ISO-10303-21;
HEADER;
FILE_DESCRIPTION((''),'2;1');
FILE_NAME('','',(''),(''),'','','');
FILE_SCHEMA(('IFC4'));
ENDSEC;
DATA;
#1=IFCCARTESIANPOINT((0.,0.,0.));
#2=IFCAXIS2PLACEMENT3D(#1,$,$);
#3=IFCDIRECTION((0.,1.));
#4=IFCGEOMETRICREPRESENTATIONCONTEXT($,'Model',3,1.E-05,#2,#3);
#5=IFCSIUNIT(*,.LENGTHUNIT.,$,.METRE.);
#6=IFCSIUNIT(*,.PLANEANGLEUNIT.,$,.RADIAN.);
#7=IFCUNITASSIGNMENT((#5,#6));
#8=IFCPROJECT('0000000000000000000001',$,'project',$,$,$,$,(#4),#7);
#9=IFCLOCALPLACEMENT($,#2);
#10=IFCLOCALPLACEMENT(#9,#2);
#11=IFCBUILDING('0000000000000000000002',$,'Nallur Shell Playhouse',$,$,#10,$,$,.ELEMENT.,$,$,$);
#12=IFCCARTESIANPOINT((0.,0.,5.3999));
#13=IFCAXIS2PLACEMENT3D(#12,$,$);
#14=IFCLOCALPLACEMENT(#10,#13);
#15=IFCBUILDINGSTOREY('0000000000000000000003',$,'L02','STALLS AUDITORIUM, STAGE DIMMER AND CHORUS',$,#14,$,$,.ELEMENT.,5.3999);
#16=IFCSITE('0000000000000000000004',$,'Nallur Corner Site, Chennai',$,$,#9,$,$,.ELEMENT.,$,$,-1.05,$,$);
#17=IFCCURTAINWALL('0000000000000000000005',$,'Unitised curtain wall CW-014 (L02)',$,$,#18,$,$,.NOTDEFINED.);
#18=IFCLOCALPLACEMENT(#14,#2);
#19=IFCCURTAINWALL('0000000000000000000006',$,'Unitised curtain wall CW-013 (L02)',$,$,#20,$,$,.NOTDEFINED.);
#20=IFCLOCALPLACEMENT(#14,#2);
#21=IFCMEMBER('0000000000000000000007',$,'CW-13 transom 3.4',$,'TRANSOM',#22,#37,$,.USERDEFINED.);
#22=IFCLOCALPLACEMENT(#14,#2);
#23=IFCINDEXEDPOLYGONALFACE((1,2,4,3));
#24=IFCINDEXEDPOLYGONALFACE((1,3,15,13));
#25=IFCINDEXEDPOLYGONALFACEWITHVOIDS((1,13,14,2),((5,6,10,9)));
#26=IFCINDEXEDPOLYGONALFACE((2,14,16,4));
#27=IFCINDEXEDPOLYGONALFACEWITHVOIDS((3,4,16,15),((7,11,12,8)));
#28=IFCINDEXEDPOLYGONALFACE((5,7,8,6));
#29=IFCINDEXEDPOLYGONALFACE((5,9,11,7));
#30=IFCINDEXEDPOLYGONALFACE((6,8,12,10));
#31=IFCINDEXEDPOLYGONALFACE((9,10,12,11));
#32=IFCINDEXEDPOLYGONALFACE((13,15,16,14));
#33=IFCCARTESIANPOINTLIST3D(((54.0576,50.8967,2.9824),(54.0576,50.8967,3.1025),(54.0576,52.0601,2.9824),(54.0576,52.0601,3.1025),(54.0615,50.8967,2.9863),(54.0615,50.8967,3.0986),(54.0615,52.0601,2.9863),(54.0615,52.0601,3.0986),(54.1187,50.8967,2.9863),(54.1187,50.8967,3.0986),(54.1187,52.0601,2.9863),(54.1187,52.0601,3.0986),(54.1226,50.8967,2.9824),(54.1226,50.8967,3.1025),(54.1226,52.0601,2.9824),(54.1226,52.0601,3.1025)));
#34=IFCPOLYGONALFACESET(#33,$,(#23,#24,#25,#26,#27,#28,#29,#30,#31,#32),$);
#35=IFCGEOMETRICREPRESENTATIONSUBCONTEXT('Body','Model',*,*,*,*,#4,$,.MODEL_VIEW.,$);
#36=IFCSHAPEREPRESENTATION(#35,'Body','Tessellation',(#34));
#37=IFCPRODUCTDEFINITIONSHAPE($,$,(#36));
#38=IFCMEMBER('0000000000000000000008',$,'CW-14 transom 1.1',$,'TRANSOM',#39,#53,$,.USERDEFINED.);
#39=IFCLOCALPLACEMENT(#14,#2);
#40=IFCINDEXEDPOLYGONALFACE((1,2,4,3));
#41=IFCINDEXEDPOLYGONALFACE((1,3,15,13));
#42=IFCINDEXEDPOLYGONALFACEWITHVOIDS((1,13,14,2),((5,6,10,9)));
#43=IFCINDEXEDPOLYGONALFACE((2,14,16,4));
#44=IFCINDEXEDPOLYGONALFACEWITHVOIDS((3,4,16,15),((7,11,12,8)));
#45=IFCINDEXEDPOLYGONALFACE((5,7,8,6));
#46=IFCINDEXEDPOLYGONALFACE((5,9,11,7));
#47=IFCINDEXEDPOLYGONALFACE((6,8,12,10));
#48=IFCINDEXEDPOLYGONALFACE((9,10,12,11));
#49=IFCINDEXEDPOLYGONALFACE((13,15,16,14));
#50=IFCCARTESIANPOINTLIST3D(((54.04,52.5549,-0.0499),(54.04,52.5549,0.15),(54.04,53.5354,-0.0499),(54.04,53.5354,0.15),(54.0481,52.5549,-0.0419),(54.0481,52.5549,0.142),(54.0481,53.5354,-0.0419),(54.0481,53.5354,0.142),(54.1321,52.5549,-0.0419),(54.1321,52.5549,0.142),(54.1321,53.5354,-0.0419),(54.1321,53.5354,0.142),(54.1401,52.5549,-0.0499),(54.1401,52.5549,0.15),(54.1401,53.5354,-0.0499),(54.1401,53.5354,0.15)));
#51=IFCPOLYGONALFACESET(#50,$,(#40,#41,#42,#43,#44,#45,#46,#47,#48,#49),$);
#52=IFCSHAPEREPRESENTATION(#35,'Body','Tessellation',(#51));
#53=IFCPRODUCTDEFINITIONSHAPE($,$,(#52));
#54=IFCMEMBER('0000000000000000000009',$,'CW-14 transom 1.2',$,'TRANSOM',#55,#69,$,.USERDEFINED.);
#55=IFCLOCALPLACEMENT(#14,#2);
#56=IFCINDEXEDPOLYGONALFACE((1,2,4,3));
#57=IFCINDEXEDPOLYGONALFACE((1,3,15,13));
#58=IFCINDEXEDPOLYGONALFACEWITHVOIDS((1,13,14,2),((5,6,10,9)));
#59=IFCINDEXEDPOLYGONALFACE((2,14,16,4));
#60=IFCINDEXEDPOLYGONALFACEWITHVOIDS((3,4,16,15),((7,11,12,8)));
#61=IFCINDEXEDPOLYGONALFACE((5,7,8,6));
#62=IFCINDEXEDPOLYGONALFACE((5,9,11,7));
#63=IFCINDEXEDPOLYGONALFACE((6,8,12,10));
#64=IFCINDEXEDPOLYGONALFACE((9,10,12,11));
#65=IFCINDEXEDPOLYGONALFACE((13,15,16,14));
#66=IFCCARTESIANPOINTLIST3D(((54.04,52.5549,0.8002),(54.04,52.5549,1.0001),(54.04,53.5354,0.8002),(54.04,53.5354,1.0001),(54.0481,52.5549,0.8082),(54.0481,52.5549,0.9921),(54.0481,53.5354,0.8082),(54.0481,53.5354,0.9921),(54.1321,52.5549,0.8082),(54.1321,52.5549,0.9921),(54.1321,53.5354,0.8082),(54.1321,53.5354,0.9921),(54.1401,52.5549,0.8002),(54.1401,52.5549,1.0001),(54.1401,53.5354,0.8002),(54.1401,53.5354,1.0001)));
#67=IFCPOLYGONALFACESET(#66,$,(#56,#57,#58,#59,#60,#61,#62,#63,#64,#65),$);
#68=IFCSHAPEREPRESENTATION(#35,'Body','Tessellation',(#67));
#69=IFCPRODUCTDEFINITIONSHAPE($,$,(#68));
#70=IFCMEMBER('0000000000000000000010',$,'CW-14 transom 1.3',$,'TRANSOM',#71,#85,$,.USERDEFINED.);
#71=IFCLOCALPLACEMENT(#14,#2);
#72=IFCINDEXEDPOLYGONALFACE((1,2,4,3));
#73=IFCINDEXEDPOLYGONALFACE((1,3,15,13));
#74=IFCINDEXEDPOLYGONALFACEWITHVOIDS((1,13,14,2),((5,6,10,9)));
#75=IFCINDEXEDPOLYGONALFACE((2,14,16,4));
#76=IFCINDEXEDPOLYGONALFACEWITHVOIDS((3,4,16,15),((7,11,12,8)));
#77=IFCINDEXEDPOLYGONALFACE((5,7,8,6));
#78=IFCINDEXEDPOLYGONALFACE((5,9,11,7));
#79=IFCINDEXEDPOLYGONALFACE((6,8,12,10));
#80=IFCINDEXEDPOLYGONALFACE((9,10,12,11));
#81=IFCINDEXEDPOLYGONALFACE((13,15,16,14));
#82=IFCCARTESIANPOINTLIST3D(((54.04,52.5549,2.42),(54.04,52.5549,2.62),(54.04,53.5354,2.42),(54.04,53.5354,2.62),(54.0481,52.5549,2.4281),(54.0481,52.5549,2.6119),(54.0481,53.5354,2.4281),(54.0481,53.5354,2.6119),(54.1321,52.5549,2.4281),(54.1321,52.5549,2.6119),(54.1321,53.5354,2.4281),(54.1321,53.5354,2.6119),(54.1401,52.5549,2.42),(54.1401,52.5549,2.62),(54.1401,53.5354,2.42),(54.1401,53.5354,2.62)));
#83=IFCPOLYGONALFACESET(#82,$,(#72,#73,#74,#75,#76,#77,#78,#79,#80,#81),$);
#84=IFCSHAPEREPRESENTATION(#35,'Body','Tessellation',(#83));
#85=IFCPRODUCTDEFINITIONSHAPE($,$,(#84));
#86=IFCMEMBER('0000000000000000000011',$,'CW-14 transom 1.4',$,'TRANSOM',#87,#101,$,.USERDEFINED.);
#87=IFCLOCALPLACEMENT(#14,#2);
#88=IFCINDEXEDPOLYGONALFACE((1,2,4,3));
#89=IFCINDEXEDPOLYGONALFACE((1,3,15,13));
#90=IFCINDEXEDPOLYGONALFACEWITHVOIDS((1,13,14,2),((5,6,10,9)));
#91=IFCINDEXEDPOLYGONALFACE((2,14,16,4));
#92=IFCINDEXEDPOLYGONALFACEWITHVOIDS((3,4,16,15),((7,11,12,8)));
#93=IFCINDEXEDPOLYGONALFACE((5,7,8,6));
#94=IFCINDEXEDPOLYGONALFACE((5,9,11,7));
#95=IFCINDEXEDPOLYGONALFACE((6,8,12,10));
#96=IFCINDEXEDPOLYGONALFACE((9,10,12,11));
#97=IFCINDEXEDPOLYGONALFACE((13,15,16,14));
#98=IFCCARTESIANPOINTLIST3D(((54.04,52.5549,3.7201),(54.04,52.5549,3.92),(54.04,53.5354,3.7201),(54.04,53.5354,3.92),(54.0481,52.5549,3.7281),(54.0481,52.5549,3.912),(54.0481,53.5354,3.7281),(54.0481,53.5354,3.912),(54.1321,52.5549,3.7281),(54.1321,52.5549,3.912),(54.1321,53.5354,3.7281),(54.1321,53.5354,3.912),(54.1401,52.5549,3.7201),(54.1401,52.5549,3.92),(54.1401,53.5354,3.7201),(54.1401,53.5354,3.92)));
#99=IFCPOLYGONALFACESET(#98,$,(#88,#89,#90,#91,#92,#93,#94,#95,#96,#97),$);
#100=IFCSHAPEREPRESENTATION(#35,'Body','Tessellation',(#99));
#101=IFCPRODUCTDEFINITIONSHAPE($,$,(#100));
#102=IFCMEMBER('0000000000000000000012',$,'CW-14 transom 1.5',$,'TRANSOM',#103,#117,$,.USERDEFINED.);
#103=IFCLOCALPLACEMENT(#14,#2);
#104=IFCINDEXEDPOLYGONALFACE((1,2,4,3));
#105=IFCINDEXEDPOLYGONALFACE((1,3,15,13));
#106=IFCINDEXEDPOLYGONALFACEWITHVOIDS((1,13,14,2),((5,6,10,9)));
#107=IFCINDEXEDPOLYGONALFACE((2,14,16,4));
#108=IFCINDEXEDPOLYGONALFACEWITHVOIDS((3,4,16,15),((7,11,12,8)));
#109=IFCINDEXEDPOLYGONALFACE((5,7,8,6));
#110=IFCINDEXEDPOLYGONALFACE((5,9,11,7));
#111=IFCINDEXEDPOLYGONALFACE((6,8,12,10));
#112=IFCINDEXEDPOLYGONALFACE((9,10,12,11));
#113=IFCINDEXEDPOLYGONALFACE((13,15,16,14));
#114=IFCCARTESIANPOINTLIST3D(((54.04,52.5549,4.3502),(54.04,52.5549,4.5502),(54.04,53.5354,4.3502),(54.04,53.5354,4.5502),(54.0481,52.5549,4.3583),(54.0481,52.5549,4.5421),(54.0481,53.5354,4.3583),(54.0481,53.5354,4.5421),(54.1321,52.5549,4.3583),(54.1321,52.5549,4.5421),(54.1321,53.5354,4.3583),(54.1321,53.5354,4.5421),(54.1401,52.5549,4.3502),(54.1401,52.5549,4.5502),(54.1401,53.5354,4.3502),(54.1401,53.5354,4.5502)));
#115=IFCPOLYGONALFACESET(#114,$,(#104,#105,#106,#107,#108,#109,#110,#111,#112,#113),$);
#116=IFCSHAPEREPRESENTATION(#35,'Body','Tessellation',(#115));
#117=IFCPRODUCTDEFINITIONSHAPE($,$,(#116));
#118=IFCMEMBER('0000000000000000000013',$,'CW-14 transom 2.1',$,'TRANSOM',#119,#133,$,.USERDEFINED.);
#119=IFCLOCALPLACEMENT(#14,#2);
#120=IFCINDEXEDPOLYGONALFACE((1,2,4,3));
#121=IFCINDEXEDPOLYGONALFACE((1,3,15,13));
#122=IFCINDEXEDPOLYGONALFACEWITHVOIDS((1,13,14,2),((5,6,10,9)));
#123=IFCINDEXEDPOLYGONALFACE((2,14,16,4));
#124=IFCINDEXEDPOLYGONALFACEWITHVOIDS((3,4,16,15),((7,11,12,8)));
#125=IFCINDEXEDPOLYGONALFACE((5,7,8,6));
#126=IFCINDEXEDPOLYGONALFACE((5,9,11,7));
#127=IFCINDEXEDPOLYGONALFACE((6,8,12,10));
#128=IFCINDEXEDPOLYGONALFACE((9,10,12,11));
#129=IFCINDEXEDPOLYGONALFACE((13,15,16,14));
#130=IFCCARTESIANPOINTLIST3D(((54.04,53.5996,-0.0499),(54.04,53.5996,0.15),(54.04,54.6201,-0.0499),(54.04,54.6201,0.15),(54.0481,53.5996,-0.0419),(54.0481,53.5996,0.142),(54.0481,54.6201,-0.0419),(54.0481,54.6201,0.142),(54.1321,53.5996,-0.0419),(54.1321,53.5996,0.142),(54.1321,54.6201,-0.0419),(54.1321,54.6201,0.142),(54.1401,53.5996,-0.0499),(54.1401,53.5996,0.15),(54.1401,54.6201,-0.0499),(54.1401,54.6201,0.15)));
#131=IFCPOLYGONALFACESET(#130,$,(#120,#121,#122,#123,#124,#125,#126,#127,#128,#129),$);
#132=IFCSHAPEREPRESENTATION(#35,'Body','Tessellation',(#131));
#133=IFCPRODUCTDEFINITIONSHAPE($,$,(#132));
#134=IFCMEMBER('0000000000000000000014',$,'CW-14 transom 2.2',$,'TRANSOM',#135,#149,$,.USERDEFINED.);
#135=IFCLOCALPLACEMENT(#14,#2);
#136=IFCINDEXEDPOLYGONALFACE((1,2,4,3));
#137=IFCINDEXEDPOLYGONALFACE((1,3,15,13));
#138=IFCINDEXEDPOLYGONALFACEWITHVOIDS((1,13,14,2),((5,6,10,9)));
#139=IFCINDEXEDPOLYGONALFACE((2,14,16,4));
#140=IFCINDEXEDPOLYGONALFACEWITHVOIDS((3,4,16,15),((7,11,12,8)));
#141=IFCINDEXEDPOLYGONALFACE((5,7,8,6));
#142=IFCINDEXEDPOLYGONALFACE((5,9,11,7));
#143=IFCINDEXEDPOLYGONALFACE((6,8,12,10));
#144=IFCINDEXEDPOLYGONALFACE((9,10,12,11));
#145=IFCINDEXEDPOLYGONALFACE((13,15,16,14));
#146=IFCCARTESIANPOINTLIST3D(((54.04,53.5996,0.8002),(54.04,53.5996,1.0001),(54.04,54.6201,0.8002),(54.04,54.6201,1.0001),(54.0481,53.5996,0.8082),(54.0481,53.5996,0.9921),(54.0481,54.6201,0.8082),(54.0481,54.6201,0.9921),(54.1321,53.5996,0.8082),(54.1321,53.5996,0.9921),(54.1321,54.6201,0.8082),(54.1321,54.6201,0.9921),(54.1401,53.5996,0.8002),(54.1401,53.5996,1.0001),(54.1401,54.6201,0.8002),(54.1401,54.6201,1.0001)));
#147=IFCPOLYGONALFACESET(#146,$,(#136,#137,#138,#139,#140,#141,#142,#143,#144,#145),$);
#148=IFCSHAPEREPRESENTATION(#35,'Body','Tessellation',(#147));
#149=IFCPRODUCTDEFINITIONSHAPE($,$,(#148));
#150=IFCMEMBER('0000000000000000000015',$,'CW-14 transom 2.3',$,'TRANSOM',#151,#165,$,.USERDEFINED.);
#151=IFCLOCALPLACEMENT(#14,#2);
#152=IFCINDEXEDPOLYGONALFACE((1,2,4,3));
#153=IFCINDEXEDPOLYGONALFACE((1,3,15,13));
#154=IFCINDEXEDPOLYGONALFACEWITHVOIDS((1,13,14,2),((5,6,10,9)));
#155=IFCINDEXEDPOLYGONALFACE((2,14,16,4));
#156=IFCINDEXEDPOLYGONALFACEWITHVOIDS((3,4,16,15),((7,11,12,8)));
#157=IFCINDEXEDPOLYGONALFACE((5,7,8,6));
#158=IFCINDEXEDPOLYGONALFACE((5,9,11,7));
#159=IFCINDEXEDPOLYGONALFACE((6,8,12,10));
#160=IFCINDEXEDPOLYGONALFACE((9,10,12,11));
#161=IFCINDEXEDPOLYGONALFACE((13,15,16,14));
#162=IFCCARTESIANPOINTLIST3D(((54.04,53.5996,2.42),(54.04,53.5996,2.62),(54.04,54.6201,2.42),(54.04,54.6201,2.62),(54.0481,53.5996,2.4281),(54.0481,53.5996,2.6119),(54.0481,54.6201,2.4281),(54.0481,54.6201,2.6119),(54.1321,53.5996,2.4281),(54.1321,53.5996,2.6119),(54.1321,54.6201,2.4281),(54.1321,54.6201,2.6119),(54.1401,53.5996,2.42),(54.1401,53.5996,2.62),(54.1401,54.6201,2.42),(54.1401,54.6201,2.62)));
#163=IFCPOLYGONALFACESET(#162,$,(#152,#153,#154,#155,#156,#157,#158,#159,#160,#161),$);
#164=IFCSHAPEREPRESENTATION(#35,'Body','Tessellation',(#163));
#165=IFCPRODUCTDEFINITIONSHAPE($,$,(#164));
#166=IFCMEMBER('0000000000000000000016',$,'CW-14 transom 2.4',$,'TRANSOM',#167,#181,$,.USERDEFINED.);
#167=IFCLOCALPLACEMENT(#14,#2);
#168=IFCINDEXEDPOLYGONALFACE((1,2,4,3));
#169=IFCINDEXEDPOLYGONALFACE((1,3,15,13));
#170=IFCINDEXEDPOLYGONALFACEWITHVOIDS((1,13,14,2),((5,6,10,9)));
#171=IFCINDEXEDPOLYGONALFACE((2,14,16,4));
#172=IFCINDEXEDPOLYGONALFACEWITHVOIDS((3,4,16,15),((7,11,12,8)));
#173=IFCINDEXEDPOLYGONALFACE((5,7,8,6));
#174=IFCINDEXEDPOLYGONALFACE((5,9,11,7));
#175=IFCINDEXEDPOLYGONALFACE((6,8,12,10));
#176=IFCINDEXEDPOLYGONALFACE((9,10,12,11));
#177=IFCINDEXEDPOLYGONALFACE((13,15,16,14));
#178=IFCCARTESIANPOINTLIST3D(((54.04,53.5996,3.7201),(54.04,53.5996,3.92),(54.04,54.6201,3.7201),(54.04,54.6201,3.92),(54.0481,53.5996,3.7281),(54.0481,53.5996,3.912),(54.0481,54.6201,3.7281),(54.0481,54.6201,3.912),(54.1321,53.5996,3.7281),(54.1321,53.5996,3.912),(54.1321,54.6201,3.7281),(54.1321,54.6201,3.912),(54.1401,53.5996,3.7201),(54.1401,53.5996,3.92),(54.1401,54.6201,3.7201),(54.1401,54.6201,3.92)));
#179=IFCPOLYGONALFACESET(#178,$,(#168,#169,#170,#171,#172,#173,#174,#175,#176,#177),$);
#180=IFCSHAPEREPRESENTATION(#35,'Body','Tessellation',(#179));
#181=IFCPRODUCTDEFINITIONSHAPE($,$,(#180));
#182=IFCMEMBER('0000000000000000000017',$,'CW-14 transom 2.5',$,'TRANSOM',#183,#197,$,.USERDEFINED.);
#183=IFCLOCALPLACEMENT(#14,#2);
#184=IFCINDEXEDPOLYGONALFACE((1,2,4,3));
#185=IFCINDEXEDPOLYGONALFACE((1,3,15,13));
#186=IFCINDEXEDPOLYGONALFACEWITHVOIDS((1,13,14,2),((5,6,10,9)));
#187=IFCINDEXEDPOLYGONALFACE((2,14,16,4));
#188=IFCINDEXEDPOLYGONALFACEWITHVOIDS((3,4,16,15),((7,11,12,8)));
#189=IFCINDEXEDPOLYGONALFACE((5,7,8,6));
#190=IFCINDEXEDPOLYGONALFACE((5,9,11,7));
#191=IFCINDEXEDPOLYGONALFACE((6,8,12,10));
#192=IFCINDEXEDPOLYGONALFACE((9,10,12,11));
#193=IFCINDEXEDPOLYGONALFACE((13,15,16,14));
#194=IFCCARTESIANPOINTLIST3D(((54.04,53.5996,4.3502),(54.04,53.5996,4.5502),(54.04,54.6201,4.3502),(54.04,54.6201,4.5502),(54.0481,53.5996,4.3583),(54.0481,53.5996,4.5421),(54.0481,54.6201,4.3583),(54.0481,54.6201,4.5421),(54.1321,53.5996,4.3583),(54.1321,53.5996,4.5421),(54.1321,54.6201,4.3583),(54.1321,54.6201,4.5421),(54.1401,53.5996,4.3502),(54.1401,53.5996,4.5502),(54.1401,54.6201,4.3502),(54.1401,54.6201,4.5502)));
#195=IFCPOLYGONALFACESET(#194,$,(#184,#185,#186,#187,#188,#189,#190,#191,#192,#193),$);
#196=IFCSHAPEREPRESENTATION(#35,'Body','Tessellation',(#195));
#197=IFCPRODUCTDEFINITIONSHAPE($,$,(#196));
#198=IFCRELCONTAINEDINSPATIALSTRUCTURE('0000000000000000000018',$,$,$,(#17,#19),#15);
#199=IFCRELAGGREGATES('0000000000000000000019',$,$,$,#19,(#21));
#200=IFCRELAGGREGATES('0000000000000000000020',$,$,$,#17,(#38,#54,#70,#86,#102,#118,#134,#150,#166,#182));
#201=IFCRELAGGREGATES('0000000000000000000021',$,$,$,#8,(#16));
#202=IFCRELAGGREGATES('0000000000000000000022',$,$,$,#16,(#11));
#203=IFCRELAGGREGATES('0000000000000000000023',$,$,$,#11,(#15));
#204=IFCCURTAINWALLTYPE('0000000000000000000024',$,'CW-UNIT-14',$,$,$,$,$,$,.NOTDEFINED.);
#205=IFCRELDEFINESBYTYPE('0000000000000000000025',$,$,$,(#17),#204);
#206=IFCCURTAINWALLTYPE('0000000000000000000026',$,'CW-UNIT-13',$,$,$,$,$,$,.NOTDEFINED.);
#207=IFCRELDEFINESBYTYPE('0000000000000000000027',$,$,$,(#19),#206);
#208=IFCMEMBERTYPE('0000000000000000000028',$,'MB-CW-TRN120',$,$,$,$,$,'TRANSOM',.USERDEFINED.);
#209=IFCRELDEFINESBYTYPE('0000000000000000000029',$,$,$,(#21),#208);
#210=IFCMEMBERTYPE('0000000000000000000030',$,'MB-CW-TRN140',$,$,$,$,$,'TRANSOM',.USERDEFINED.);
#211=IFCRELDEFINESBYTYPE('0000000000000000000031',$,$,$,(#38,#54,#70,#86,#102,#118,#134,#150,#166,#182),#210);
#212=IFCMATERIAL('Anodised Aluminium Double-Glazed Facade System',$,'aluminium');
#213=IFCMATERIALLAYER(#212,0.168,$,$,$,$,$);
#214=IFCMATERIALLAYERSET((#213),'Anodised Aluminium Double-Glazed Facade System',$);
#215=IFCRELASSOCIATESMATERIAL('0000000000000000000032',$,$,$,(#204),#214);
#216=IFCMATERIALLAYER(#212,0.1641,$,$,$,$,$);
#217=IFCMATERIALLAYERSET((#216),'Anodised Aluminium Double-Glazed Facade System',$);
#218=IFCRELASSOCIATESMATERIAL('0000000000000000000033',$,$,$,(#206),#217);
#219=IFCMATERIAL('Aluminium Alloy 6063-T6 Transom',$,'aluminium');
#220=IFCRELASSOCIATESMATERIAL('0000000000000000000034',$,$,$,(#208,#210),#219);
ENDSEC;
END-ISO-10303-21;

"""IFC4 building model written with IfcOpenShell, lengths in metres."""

from ifc_helpers import new_model, si_unit, direction, frame, origin, origin_2d, place, context, subcontext, project, spatial, hollow_rectangle, extrude, material, layer, layer_set, material_profile, profile_set, type_object, element, aggregate, save


model = new_model("IFC4")

# Units and contexts
model_context = context("Model", 3, precision=1e-05, world=origin(), true_north=direction((0.0, 1.0)))
body_context = subcontext(model_context, "Body", "Model", "MODEL_VIEW")
ifc_project = project(units=[si_unit("LENGTHUNIT", "METRE"), si_unit("PLANEANGLEUNIT", "RADIAN")], contexts=[model_context])

# Site, building, storey
site_placement = place(None, origin())
site = spatial("IfcSite", under=ifc_project, at=site_placement, Name="Nallur Corner Site, Chennai", CompositionType="ELEMENT", RefElevation=-1.05)
building_placement = place(site_placement, origin())
building = spatial("IfcBuilding", under=site, at=building_placement, Name="Nallur Shell Playhouse", CompositionType="ELEMENT")
storey_placement = place(building_placement, frame((0.0, 0.0, 5.3999)))
storey = spatial("IfcBuildingStorey", under=building, at=storey_placement, Name="L02", Description="STALLS AUDITORIUM, STAGE DIMMER AND CHORUS", CompositionType="ELEMENT", Elevation=5.3999)

# Curtain walls, member
ifc_material_1 = material(Name="Anodised Aluminium Double-Glazed Facade System", Category="aluminium")
ifc_layer_1 = layer(ifc_material_1, 0.168)
ifc_layer_set_1 = layer_set([ifc_layer_1], Name="Anodised Aluminium Double-Glazed Facade System")
curtain_wall_type_1 = type_object("IfcCurtainWallType", Name="CW-UNIT-14", PredefinedType="NOTDEFINED", material=ifc_layer_set_1)
curtain_wall_1_placement = place(storey_placement, origin())
curtain_wall_1 = element("IfcCurtainWall", 1, at=curtain_wall_1_placement, inside=storey, type_object=curtain_wall_type_1, Name="Unitised curtain wall CW-014 (L02)", PredefinedType="NOTDEFINED")
ifc_layer_2 = layer(ifc_material_1, 0.1641)
ifc_layer_set_2 = layer_set([ifc_layer_2], Name="Anodised Aluminium Double-Glazed Facade System")
curtain_wall_type_2 = type_object("IfcCurtainWallType", Name="CW-UNIT-13", PredefinedType="NOTDEFINED", material=ifc_layer_set_2)
curtain_wall_2_placement = place(storey_placement, origin())
curtain_wall_2 = element("IfcCurtainWall", 2, at=curtain_wall_2_placement, inside=storey, type_object=curtain_wall_type_2, Name="Unitised curtain wall CW-013 (L02)", PredefinedType="NOTDEFINED")
ifc_material_2 = material(Name="Aluminium Alloy 6063-T6 Transom", Category="aluminium")
ifc_material_profile_1 = material_profile(ifc_material_2, hollow_rectangle(XDim=0.0649, YDim=0.1201, WallThickness=0.0039, at=origin_2d()), Name="ALU 65x120x4")
ifc_profile_set_1 = profile_set([ifc_material_profile_1], Name="Aluminium Alloy 6063-T6 Transom")
member_type_1 = type_object("IfcMemberType", Name="MB-CW-TRN120", ElementType="TRANSOM", PredefinedType="USERDEFINED", material=ifc_profile_set_1)
member_1_placement = place(storey_placement, frame((54.0901, 50.8967, 3.0425), z_axis=(0.0, 1.0, 0.0), x_axis=(-1.0, 0.0, 0.0)))
member_1 = element("IfcMember", 3, at=member_1_placement, type_object=member_type_1, Name="CW-13 transom 3.4", ObjectType="TRANSOM", PredefinedType="USERDEFINED", context=body_context, shape_type="SweptSolid", body=[
    extrude(hollow_rectangle(XDim=0.0649, YDim=0.1201, WallThickness=0.0039, at=origin_2d()), origin(), (0.0, 0.0, 1.0), 1.1633),
])

# Members
ifc_material_profile_2 = material_profile(ifc_material_2, hollow_rectangle(XDim=0.1001, YDim=0.2, WallThickness=0.0081, at=origin_2d()), Name="RHS 200x100x8")
ifc_profile_set_2 = profile_set([ifc_material_profile_2], Name="Aluminium Alloy 6063-T6 Transom")
member_type_2 = type_object("IfcMemberType", Name="MB-CW-TRN140", ElementType="TRANSOM", PredefinedType="USERDEFINED", material=ifc_profile_set_2)
member_2_placement = place(storey_placement, frame((54.0901, 52.5549, 0.05), z_axis=(0.0, 1.0, 0.0), x_axis=(-1.0, 0.0, 0.0)))
member_2 = element("IfcMember", 4, at=member_2_placement, type_object=member_type_2, Name="CW-14 transom 1.1", ObjectType="TRANSOM", PredefinedType="USERDEFINED", context=body_context, shape_type="SweptSolid", body=[
    extrude(hollow_rectangle(XDim=0.1001, YDim=0.2, WallThickness=0.0081, at=origin_2d()), origin(), (0.0, 0.0, 1.0), 0.9805),
])
member_3_placement = place(storey_placement, frame((54.0901, 52.5549, 0.9001), z_axis=(0.0, 1.0, 0.0), x_axis=(-1.0, 0.0, 0.0)))
member_3 = element("IfcMember", 5, at=member_3_placement, type_object=member_type_2, Name="CW-14 transom 1.2", ObjectType="TRANSOM", PredefinedType="USERDEFINED", context=body_context, shape_type="SweptSolid", body=[
    extrude(hollow_rectangle(XDim=0.1001, YDim=0.2, WallThickness=0.0081, at=origin_2d()), origin(), (0.0, 0.0, 1.0), 0.9805),
])
member_4_placement = place(storey_placement, frame((54.0901, 52.5549, 2.52), z_axis=(0.0, 1.0, 0.0), x_axis=(-1.0, 0.0, 0.0)))
member_4 = element("IfcMember", 6, at=member_4_placement, type_object=member_type_2, Name="CW-14 transom 1.3", ObjectType="TRANSOM", PredefinedType="USERDEFINED", context=body_context, shape_type="SweptSolid", body=[
    extrude(hollow_rectangle(XDim=0.1001, YDim=0.2, WallThickness=0.0081, at=origin_2d()), origin(), (0.0, 0.0, 1.0), 0.9805),
])
member_5_placement = place(storey_placement, frame((54.0901, 52.5549, 3.8201), z_axis=(0.0, 1.0, 0.0), x_axis=(-1.0, 0.0, 0.0)))
member_5 = element("IfcMember", 7, at=member_5_placement, type_object=member_type_2, Name="CW-14 transom 1.4", ObjectType="TRANSOM", PredefinedType="USERDEFINED", context=body_context, shape_type="SweptSolid", body=[
    extrude(hollow_rectangle(XDim=0.1001, YDim=0.2, WallThickness=0.0081, at=origin_2d()), origin(), (0.0, 0.0, 1.0), 0.9805),
])
member_6_placement = place(storey_placement, frame((54.0901, 52.5549, 4.4502), z_axis=(0.0, 1.0, 0.0), x_axis=(-1.0, 0.0, 0.0)))
member_6 = element("IfcMember", 8, at=member_6_placement, type_object=member_type_2, Name="CW-14 transom 1.5", ObjectType="TRANSOM", PredefinedType="USERDEFINED", context=body_context, shape_type="SweptSolid", body=[
    extrude(hollow_rectangle(XDim=0.1001, YDim=0.2, WallThickness=0.0081, at=origin_2d()), origin(), (0.0, 0.0, 1.0), 0.9805),
])
member_7_placement = place(storey_placement, frame((54.0901, 53.5996, 0.05), z_axis=(0.0, 1.0, 0.0), x_axis=(-1.0, 0.0, 0.0)))
member_7 = element("IfcMember", 9, at=member_7_placement, type_object=member_type_2, Name="CW-14 transom 2.1", ObjectType="TRANSOM", PredefinedType="USERDEFINED", context=body_context, shape_type="SweptSolid", body=[
    extrude(hollow_rectangle(XDim=0.1001, YDim=0.2, WallThickness=0.0081, at=origin_2d()), origin(), (0.0, 0.0, 1.0), 1.0205),
])
member_8_placement = place(storey_placement, frame((54.0901, 53.5996, 0.9001), z_axis=(0.0, 1.0, 0.0), x_axis=(-1.0, 0.0, 0.0)))
member_8 = element("IfcMember", 10, at=member_8_placement, type_object=member_type_2, Name="CW-14 transom 2.2", ObjectType="TRANSOM", PredefinedType="USERDEFINED", context=body_context, shape_type="SweptSolid", body=[
    extrude(hollow_rectangle(XDim=0.1001, YDim=0.2, WallThickness=0.0081, at=origin_2d()), origin(), (0.0, 0.0, 1.0), 1.0205),
])
member_9_placement = place(storey_placement, frame((54.0901, 53.5996, 2.52), z_axis=(0.0, 1.0, 0.0), x_axis=(-1.0, 0.0, 0.0)))
member_9 = element("IfcMember", 11, at=member_9_placement, type_object=member_type_2, Name="CW-14 transom 2.3", ObjectType="TRANSOM", PredefinedType="USERDEFINED", context=body_context, shape_type="SweptSolid", body=[
    extrude(hollow_rectangle(XDim=0.1001, YDim=0.2, WallThickness=0.0081, at=origin_2d()), origin(), (0.0, 0.0, 1.0), 1.0205),
])
member_10_placement = place(storey_placement, frame((54.0901, 53.5996, 3.8201), z_axis=(0.0, 1.0, 0.0), x_axis=(-1.0, 0.0, 0.0)))
member_10 = element("IfcMember", 12, at=member_10_placement, type_object=member_type_2, Name="CW-14 transom 2.4", ObjectType="TRANSOM", PredefinedType="USERDEFINED", context=body_context, shape_type="SweptSolid", body=[
    extrude(hollow_rectangle(XDim=0.1001, YDim=0.2, WallThickness=0.0081, at=origin_2d()), origin(), (0.0, 0.0, 1.0), 1.0205),
])
member_11_placement = place(storey_placement, frame((54.0901, 53.5996, 4.4502), z_axis=(0.0, 1.0, 0.0), x_axis=(-1.0, 0.0, 0.0)))
member_11 = element("IfcMember", 13, at=member_11_placement, type_object=member_type_2, Name="CW-14 transom 2.5", ObjectType="TRANSOM", PredefinedType="USERDEFINED", context=body_context, shape_type="SweptSolid", body=[
    extrude(hollow_rectangle(XDim=0.1001, YDim=0.2, WallThickness=0.0081, at=origin_2d()), origin(), (0.0, 0.0, 1.0), 1.0205),
])

aggregate(curtain_wall_2, [member_1])
aggregate(curtain_wall_1, [member_2, member_3, member_4, member_5, member_6, member_7, member_8, member_9, member_10, member_11])

save(model, "model.ifc")
